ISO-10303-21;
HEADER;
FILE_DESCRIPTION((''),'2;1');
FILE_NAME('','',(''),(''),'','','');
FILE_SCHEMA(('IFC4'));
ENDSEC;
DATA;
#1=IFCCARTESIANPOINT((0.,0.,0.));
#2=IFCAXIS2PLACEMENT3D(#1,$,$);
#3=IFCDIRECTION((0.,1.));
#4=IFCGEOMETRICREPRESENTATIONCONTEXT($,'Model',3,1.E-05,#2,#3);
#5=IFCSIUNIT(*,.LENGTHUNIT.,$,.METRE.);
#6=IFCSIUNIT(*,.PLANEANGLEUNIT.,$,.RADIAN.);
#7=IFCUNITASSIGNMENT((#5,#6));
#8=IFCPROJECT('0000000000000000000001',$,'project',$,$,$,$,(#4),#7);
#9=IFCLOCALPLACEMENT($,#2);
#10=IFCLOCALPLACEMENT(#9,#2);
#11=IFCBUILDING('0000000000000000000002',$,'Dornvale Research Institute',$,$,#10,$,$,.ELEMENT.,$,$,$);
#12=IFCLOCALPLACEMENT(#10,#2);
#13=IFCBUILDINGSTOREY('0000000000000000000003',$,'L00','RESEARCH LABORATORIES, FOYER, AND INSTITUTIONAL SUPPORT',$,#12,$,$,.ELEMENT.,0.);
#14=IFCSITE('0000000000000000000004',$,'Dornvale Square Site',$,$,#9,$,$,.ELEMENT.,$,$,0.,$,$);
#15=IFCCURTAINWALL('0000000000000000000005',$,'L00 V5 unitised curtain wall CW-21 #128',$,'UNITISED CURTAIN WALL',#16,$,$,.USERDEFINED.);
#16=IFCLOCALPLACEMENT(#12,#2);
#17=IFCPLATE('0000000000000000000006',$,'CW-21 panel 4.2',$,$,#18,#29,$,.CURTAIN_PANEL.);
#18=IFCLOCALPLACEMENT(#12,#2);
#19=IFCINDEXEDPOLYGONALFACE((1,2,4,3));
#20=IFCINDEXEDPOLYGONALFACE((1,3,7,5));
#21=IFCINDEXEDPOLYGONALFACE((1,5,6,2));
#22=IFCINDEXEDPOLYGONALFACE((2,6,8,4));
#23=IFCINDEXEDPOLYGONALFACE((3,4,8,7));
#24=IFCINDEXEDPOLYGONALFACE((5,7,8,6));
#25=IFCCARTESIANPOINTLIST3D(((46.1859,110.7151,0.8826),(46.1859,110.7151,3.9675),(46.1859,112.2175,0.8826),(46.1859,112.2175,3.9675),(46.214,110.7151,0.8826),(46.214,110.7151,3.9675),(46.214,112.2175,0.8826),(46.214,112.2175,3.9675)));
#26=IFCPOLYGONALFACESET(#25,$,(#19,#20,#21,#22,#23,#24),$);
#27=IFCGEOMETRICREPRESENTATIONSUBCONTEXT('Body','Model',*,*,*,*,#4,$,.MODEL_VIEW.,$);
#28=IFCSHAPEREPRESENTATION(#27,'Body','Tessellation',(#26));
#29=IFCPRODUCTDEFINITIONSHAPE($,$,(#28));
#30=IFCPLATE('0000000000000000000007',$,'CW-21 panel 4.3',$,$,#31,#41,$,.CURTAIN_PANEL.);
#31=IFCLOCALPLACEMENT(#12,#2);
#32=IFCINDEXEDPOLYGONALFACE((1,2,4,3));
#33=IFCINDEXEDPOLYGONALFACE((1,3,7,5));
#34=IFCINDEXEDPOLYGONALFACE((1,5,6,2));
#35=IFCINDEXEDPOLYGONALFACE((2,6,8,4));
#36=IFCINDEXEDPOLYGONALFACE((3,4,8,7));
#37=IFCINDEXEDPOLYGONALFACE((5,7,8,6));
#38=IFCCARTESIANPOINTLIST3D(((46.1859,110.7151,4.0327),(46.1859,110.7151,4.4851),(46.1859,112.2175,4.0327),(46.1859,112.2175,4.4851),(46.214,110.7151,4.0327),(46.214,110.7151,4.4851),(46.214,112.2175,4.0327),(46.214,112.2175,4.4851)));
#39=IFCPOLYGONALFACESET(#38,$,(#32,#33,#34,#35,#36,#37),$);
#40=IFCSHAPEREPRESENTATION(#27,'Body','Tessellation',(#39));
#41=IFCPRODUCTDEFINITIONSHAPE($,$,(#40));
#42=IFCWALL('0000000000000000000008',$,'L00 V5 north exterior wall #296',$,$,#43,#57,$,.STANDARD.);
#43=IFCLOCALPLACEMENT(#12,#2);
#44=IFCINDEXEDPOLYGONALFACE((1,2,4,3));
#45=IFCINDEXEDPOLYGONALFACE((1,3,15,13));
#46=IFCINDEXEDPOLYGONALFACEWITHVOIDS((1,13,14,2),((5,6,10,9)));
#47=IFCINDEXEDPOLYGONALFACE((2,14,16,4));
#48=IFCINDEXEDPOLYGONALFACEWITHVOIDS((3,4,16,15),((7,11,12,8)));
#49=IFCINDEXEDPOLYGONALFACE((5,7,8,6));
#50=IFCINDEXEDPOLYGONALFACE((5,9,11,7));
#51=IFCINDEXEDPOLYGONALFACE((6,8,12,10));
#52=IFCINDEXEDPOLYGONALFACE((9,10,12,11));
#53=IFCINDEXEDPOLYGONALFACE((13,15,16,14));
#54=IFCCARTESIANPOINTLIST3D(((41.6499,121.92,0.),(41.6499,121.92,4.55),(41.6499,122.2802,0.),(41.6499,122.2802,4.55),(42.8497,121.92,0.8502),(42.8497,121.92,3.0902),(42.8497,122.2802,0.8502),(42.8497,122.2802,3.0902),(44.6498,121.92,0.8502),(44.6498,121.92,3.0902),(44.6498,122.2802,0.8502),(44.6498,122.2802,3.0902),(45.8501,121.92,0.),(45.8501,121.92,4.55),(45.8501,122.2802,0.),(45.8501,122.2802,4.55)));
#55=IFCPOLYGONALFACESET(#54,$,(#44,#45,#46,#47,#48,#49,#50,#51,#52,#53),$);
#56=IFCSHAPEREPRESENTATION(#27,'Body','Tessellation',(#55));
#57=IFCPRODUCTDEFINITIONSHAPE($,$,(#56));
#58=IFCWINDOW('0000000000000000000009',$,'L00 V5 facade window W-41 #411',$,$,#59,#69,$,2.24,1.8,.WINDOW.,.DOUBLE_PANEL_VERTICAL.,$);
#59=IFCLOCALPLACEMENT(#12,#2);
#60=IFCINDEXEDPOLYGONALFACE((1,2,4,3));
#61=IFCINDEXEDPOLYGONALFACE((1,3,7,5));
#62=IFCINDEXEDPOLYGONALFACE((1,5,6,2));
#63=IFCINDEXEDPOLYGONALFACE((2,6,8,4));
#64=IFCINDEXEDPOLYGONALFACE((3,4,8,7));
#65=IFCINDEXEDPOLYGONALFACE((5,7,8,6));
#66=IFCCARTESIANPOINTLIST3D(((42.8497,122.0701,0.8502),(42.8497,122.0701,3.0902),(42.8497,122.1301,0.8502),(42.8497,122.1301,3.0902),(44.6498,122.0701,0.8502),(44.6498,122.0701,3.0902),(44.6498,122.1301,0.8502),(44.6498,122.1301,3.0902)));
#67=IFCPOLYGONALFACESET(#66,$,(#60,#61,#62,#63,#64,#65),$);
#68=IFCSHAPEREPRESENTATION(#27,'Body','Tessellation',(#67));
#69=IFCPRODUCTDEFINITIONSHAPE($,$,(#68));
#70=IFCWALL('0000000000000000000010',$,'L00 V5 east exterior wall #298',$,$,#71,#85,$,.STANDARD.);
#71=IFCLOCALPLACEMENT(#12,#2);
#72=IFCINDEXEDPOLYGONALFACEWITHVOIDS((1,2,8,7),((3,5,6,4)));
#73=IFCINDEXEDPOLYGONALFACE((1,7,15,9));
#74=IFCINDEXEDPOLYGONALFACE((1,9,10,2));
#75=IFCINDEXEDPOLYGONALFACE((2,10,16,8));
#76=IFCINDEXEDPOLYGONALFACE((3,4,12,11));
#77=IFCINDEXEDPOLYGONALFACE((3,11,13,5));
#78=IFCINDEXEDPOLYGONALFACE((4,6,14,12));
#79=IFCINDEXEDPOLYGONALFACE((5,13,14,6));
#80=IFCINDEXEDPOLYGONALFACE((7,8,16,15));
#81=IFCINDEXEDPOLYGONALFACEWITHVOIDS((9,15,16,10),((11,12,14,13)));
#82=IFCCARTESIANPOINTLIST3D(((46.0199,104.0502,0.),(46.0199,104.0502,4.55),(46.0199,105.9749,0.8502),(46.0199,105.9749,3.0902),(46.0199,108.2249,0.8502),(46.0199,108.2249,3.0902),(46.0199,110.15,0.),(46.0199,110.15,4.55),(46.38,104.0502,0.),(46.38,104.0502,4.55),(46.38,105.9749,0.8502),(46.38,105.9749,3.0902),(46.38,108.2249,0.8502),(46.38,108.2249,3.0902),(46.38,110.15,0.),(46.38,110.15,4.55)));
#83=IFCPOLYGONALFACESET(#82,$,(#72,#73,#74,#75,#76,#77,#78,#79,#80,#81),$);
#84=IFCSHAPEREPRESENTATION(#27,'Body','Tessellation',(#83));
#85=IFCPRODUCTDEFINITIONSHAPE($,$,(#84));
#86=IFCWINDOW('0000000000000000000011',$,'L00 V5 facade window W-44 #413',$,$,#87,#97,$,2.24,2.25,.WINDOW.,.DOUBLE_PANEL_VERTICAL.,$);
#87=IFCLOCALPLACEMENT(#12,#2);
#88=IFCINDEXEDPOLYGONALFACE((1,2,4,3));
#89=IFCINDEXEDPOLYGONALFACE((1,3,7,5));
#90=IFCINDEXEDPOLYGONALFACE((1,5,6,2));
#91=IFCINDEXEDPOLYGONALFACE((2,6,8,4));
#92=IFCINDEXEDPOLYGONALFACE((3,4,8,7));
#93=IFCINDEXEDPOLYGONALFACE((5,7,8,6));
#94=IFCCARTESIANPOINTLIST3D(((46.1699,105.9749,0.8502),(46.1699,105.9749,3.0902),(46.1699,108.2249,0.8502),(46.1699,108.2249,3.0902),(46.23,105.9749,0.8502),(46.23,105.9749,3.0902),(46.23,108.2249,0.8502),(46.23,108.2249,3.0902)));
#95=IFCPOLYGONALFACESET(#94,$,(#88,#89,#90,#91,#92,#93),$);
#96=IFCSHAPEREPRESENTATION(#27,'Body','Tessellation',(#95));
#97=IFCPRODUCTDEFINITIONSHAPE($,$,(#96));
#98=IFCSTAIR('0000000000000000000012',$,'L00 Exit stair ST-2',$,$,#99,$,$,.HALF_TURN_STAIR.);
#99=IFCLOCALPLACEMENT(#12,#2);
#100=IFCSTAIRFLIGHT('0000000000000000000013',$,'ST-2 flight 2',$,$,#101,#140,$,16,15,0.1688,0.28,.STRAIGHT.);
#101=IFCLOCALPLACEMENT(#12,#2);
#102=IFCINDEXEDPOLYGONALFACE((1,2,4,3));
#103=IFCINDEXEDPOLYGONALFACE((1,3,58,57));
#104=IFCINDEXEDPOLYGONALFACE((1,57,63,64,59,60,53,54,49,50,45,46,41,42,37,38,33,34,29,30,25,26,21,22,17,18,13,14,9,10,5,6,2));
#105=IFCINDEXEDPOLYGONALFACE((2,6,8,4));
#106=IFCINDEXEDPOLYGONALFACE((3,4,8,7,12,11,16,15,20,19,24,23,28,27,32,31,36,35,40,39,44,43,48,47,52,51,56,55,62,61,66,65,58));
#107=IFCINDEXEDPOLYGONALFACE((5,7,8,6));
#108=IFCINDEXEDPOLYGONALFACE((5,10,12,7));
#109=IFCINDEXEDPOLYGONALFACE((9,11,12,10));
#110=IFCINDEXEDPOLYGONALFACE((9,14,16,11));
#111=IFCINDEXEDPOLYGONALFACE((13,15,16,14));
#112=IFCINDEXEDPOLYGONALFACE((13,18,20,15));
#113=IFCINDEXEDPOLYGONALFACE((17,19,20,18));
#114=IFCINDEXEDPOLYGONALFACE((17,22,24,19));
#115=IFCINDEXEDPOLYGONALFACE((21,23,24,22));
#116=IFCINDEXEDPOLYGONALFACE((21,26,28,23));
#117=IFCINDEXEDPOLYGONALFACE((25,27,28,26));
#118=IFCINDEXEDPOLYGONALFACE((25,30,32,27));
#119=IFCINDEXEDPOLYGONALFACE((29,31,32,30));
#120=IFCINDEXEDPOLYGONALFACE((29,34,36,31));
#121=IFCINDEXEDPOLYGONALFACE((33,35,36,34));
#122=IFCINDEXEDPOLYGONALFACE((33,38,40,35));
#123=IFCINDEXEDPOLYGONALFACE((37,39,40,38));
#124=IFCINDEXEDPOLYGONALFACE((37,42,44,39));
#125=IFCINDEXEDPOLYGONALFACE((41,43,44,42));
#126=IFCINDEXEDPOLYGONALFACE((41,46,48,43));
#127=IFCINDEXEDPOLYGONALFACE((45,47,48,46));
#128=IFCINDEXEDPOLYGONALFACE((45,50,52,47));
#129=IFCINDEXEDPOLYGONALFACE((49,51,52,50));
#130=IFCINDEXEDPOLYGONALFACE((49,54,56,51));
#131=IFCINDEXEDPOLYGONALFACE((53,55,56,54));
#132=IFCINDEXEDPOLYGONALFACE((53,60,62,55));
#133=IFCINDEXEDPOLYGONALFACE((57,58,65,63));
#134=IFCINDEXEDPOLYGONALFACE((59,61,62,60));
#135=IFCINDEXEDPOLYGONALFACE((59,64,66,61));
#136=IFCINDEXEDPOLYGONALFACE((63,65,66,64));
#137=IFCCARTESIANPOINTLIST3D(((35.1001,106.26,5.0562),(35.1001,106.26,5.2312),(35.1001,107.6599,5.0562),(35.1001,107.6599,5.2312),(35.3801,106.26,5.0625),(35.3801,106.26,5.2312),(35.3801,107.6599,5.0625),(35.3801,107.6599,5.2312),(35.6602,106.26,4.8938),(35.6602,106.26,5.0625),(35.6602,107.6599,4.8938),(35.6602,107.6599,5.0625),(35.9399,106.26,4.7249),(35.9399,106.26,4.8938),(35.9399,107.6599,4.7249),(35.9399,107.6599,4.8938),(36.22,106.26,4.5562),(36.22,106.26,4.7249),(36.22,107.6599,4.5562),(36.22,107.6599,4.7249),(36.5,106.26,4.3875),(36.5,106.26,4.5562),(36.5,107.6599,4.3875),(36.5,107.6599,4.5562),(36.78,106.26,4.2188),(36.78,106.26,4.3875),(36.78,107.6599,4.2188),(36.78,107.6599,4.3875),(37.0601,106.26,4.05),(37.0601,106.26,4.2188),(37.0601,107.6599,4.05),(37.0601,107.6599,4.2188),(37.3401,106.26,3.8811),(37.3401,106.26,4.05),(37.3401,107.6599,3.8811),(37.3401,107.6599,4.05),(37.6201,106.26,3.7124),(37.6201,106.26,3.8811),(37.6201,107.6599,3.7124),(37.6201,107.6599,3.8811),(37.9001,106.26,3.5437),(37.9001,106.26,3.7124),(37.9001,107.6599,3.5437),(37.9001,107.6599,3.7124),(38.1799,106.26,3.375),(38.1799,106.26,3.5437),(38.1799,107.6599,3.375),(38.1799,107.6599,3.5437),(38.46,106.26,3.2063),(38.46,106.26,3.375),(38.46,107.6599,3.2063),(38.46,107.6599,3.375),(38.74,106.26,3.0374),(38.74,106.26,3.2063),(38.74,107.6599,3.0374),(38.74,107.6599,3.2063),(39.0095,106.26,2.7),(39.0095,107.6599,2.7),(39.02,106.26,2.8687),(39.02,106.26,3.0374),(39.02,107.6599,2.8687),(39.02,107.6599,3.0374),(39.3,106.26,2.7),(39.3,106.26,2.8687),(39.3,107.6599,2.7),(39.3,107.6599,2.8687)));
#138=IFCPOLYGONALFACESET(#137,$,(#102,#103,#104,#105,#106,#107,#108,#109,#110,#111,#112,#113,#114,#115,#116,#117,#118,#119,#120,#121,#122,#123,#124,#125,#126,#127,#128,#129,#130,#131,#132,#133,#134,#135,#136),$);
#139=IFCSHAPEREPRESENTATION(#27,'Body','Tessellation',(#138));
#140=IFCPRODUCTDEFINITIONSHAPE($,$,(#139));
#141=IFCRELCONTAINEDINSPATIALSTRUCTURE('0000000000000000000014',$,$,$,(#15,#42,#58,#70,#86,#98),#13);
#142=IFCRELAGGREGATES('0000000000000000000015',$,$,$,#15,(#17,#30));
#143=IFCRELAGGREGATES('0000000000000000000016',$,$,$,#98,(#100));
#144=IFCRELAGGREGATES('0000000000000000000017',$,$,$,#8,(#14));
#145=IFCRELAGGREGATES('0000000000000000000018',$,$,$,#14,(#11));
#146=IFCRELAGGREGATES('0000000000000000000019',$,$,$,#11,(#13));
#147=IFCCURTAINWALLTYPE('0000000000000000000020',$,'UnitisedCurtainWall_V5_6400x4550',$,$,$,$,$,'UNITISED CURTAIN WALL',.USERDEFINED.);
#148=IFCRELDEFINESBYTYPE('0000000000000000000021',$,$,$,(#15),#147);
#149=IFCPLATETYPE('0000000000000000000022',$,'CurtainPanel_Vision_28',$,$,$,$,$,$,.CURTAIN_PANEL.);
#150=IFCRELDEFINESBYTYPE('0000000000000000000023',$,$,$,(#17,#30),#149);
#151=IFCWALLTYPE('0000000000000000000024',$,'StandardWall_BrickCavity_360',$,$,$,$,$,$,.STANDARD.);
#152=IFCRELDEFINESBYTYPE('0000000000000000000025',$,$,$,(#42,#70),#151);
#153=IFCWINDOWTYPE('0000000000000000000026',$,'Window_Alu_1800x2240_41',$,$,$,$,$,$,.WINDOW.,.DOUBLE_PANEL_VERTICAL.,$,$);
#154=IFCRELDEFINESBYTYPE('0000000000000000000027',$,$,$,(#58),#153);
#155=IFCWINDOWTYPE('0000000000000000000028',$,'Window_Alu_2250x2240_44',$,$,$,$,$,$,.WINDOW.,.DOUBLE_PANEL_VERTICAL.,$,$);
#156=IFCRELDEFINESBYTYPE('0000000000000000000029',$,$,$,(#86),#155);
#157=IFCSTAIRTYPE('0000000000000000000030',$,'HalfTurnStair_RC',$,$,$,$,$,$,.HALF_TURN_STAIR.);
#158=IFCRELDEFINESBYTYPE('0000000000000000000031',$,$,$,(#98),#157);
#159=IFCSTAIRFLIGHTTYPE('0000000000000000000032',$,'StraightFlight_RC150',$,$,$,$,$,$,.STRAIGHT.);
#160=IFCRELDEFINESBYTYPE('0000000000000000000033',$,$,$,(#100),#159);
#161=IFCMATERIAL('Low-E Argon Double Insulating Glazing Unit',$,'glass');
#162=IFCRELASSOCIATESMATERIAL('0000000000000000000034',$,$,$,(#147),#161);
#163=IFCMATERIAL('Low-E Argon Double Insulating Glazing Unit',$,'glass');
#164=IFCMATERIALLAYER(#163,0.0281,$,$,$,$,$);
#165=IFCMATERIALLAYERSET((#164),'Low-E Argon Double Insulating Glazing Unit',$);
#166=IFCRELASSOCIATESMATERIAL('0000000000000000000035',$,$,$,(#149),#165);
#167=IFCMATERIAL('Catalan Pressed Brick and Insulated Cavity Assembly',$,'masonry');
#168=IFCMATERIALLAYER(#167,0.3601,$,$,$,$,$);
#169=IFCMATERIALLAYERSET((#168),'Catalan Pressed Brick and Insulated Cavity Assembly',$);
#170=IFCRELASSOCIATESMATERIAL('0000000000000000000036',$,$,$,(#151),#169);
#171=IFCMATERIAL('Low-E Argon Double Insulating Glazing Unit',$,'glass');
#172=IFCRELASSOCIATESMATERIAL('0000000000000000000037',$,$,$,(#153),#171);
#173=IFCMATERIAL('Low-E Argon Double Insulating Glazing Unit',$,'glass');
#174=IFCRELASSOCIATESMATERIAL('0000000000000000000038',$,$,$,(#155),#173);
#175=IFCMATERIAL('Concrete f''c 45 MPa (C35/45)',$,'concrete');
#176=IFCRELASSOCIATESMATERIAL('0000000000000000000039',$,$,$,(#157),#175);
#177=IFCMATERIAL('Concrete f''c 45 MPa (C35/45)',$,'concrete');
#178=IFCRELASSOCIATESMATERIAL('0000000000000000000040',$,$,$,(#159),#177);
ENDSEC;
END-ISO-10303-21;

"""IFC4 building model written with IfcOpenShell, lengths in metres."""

from ifc_helpers import new_model, si_unit, direction, frame, frame_2d, origin, origin_2d, place, context, subcontext, project, spatial, polyline, rectangle, outline, extrude, material, layer, layer_set, type_object, element, fill, aggregate, save


model = new_model("IFC4")

# Units and contexts
model_context = context("Model", 3, precision=1e-05, world=origin(), true_north=direction((0.0, 1.0)))
body_context = subcontext(model_context, "Body", "Model", "MODEL_VIEW")
ifc_project = project(units=[si_unit("LENGTHUNIT", "METRE"), si_unit("PLANEANGLEUNIT", "RADIAN")], contexts=[model_context])

# Site, building, storey
site_placement = place(None, origin())
site = spatial("IfcSite", under=ifc_project, at=site_placement, Name="Dornvale Square Site", CompositionType="ELEMENT", RefElevation=0.0)
building_placement = place(site_placement, origin())
building = spatial("IfcBuilding", under=site, at=building_placement, Name="Dornvale Research Institute", CompositionType="ELEMENT")
storey_placement = place(building_placement, origin())
storey = spatial("IfcBuildingStorey", under=building, at=storey_placement, Name="L00", Description="RESEARCH LABORATORIES, FOYER, AND INSTITUTIONAL SUPPORT", CompositionType="ELEMENT", Elevation=0.0)

# Curtain wall
ifc_material_1 = material(Name="Low-E Argon Double Insulating Glazing Unit", Category="glass")
curtain_wall_type_1 = type_object("IfcCurtainWallType", Name="UnitisedCurtainWall_V5_6400x4550", ElementType="UNITISED CURTAIN WALL", PredefinedType="USERDEFINED", material=ifc_material_1)
curtain_wall_1_placement = place(storey_placement, origin())
curtain_wall_1 = element("IfcCurtainWall", 1, at=curtain_wall_1_placement, inside=storey, type_object=curtain_wall_type_1, Name="L00 V5 unitised curtain wall CW-21 #128", ObjectType="UNITISED CURTAIN WALL", PredefinedType="USERDEFINED")

# Plates
ifc_material_2 = material(Name="Low-E Argon Double Insulating Glazing Unit", Category="glass")
ifc_layer_1 = layer(ifc_material_2, 0.0281)
ifc_layer_set_1 = layer_set([ifc_layer_1], Name="Low-E Argon Double Insulating Glazing Unit")
plate_type_1 = type_object("IfcPlateType", Name="CurtainPanel_Vision_28", PredefinedType="CURTAIN_PANEL", material=ifc_layer_set_1)
plate_1_placement = place(storey_placement, frame((46.2, 111.4663, 0.8826), z_axis=(0.0, 0.0, 1.0), x_axis=(0.0, -1.0, 0.0)))
plate_1 = element("IfcPlate", 2, at=plate_1_placement, type_object=plate_type_1, Name="CW-21 panel 4.2", PredefinedType="CURTAIN_PANEL", context=body_context, shape_type="SweptSolid", body=[
    extrude(rectangle(XDim=1.5024, YDim=0.0281, at=origin_2d()), origin(), (0.0, 0.0, 1.0), 3.085),
])
plate_2_placement = place(storey_placement, frame((46.2, 111.4663, 4.0327), z_axis=(0.0, 0.0, 1.0), x_axis=(0.0, -1.0, 0.0)))
plate_2 = element("IfcPlate", 3, at=plate_2_placement, type_object=plate_type_1, Name="CW-21 panel 4.3", PredefinedType="CURTAIN_PANEL", context=body_context, shape_type="SweptSolid", body=[
    extrude(rectangle(XDim=1.5024, YDim=0.0281, at=origin_2d()), origin(), (0.0, 0.0, 1.0), 0.4524),
])
aggregate(curtain_wall_1, [plate_1, plate_2])

# Walls, openings, windows
ifc_material_3 = material(Name="Catalan Pressed Brick and Insulated Cavity Assembly", Category="masonry")
ifc_layer_2 = layer(ifc_material_3, 0.3601)
ifc_layer_set_2 = layer_set([ifc_layer_2], Name="Catalan Pressed Brick and Insulated Cavity Assembly")
wall_type = type_object("IfcWallType", Name="StandardWall_BrickCavity_360", PredefinedType="STANDARD", material=ifc_layer_set_2)
wall_1_placement = place(storey_placement, frame((41.6499, 122.1001, 0.0), z_axis=(0.0, 0.0, 1.0), x_axis=(1.0, 0.0, 0.0)))
wall_1 = element("IfcWall", 4, at=wall_1_placement, inside=storey, type_object=wall_type, Name="L00 V5 north exterior wall #296", PredefinedType="STANDARD", context=body_context, shape_type="SweptSolid", body=[
    extrude(rectangle(XDim=4.2002, YDim=0.3601, at=frame_2d((2.1001, 0.0))), origin(), (0.0, 0.0, 1.0), 4.55),
])
opening_1_placement = place(wall_1_placement, frame((1.2, 0.0, 0.8501)))
opening_1 = element("IfcOpeningElement", 5, at=opening_1_placement, cuts=wall_1, PredefinedType="OPENING", context=body_context, shape_type="SweptSolid", body=[
    extrude(rectangle(XDim=1.8, YDim=2.24, at=frame_2d((0.8999, 1.1201))), frame((0.0, 0.1951, 0.0), z_axis=(0.0, -1.0, 0.0), x_axis=(1.0, 0.0, 0.0)), (0.0, 0.0, 1.0), 0.3901),
])
ifc_material_4 = material(Name="Low-E Argon Double Insulating Glazing Unit", Category="glass")
window_type_1 = type_object("IfcWindowType", Name="Window_Alu_1800x2240_41", PartitioningType="DOUBLE_PANEL_VERTICAL", PredefinedType="WINDOW", material=ifc_material_4)
window_1_placement = place(opening_1_placement, origin())
window_1 = element("IfcWindow", 6, at=window_1_placement, inside=storey, type_object=window_type_1, Name="L00 V5 facade window W-41 #411", OverallHeight=2.24, OverallWidth=1.8, PartitioningType="DOUBLE_PANEL_VERTICAL", PredefinedType="WINDOW", context=body_context, shape_type="SweptSolid", body=[
    extrude(rectangle(XDim=1.8, YDim=2.24, at=frame_2d((0.8999, 1.1201))), frame((0.0, 0.03, 0.0), z_axis=(0.0, -1.0, 0.0), x_axis=(1.0, 0.0, 0.0)), (0.0, 0.0, 1.0), 0.0601),
])
fill(opening_1, window_1)
wall_2_placement = place(storey_placement, frame((46.2, 110.1499, 0.0), z_axis=(0.0, 0.0, 1.0), x_axis=(0.0, -1.0, 0.0)))
wall_2 = element("IfcWall", 7, at=wall_2_placement, inside=storey, type_object=wall_type, Name="L00 V5 east exterior wall #298", PredefinedType="STANDARD", context=body_context, shape_type="SweptSolid", body=[
    extrude(rectangle(XDim=6.0999, YDim=0.3601, at=frame_2d((3.0498, 0.0))), origin(), (0.0, 0.0, 1.0), 4.55),
])
opening_2_placement = place(wall_2_placement, frame((1.925, 0.0, 0.8501)))
opening_2 = element("IfcOpeningElement", 8, at=opening_2_placement, cuts=wall_2, PredefinedType="OPENING", context=body_context, shape_type="SweptSolid", body=[
    extrude(rectangle(XDim=2.25, YDim=2.24, at=frame_2d((1.125, 1.1201))), frame((0.0, 0.1951, 0.0), z_axis=(0.0, -1.0, 0.0), x_axis=(1.0, 0.0, 0.0)), (0.0, 0.0, 1.0), 0.3901),
])
ifc_material_5 = material(Name="Low-E Argon Double Insulating Glazing Unit", Category="glass")
window_type_2 = type_object("IfcWindowType", Name="Window_Alu_2250x2240_44", PartitioningType="DOUBLE_PANEL_VERTICAL", PredefinedType="WINDOW", material=ifc_material_5)
window_2_placement = place(opening_2_placement, origin())
window_2 = element("IfcWindow", 9, at=window_2_placement, inside=storey, type_object=window_type_2, Name="L00 V5 facade window W-44 #413", OverallHeight=2.24, OverallWidth=2.25, PartitioningType="DOUBLE_PANEL_VERTICAL", PredefinedType="WINDOW", context=body_context, shape_type="SweptSolid", body=[
    extrude(rectangle(XDim=2.25, YDim=2.24, at=frame_2d((1.125, 1.1201))), frame((0.0, 0.03, 0.0), z_axis=(0.0, -1.0, 0.0), x_axis=(1.0, 0.0, 0.0)), (0.0, 0.0, 1.0), 0.0601),
])
fill(opening_2, window_2)

# Stair, stair flight
ifc_material_6 = material(Name="Concrete f'c 45 MPa (C35/45)", Category="concrete")
stair_type = type_object("IfcStairType", Name="HalfTurnStair_RC", PredefinedType="HALF_TURN_STAIR", material=ifc_material_6)
stair_placement = place(storey_placement, origin())
stair = element("IfcStair", 10, at=stair_placement, inside=storey, type_object=stair_type, Name="L00 Exit stair ST-2", PredefinedType="HALF_TURN_STAIR")
ifc_material_7 = material(Name="Concrete f'c 45 MPa (C35/45)", Category="concrete")
stair_flight_type = type_object("IfcStairFlightType", Name="StraightFlight_RC150", PredefinedType="STRAIGHT", material=ifc_material_7)
stair_flight_placement = place(storey_placement, frame((39.3, 106.96, 2.7), z_axis=(0.0, 0.0, 1.0), x_axis=(-1.0, 0.0, 0.0)))
stair_flight = element("IfcStairFlight", 11, at=stair_flight_placement, type_object=stair_flight_type, Name="ST-2 flight 2", NumberOfRisers=16, NumberOfTreads=15, PredefinedType="STRAIGHT", RiserHeight=0.1688, TreadLength=0.28, context=body_context, shape_type="SweptSolid", body=[
    extrude(outline(polyline([(0.0, 0.0), (0.0, 0.1687), (0.28, 0.1687), (0.28, 0.3374), (0.5601, 0.3374), (0.5601, 0.5063), (0.8401, 0.5063), (0.8401, 0.675), (1.1201, 0.675), (1.1201, 0.8438), (1.3999, 0.8438), (1.3999, 1.0125), (1.6799, 1.0125), (1.6799, 1.1812), (1.96, 1.1812), (1.96, 1.3501), (2.24, 1.3501), (2.24, 1.5188), (2.52, 1.5188), (2.52, 1.6875), (2.8, 1.6875), (2.8, 1.8562), (3.0801, 1.8562), (3.0801, 2.0249), (3.3601, 2.0249), (3.3601, 2.1938), (3.6399, 2.1938), (3.6399, 2.3625), (3.9199, 2.3625), (3.9199, 2.5312), (4.2, 2.5312), (4.2, 2.7), (4.2, 2.3562), (0.2905, 0.0), (0.0, 0.0)])), frame((0.0, 0.7, 0.0), z_axis=(0.0, -1.0, 0.0), x_axis=(1.0, 0.0, 0.0)), (0.0, 0.0, 1.0), 1.3999),
])
aggregate(stair, [stair_flight])

save(model, "model.ifc")
